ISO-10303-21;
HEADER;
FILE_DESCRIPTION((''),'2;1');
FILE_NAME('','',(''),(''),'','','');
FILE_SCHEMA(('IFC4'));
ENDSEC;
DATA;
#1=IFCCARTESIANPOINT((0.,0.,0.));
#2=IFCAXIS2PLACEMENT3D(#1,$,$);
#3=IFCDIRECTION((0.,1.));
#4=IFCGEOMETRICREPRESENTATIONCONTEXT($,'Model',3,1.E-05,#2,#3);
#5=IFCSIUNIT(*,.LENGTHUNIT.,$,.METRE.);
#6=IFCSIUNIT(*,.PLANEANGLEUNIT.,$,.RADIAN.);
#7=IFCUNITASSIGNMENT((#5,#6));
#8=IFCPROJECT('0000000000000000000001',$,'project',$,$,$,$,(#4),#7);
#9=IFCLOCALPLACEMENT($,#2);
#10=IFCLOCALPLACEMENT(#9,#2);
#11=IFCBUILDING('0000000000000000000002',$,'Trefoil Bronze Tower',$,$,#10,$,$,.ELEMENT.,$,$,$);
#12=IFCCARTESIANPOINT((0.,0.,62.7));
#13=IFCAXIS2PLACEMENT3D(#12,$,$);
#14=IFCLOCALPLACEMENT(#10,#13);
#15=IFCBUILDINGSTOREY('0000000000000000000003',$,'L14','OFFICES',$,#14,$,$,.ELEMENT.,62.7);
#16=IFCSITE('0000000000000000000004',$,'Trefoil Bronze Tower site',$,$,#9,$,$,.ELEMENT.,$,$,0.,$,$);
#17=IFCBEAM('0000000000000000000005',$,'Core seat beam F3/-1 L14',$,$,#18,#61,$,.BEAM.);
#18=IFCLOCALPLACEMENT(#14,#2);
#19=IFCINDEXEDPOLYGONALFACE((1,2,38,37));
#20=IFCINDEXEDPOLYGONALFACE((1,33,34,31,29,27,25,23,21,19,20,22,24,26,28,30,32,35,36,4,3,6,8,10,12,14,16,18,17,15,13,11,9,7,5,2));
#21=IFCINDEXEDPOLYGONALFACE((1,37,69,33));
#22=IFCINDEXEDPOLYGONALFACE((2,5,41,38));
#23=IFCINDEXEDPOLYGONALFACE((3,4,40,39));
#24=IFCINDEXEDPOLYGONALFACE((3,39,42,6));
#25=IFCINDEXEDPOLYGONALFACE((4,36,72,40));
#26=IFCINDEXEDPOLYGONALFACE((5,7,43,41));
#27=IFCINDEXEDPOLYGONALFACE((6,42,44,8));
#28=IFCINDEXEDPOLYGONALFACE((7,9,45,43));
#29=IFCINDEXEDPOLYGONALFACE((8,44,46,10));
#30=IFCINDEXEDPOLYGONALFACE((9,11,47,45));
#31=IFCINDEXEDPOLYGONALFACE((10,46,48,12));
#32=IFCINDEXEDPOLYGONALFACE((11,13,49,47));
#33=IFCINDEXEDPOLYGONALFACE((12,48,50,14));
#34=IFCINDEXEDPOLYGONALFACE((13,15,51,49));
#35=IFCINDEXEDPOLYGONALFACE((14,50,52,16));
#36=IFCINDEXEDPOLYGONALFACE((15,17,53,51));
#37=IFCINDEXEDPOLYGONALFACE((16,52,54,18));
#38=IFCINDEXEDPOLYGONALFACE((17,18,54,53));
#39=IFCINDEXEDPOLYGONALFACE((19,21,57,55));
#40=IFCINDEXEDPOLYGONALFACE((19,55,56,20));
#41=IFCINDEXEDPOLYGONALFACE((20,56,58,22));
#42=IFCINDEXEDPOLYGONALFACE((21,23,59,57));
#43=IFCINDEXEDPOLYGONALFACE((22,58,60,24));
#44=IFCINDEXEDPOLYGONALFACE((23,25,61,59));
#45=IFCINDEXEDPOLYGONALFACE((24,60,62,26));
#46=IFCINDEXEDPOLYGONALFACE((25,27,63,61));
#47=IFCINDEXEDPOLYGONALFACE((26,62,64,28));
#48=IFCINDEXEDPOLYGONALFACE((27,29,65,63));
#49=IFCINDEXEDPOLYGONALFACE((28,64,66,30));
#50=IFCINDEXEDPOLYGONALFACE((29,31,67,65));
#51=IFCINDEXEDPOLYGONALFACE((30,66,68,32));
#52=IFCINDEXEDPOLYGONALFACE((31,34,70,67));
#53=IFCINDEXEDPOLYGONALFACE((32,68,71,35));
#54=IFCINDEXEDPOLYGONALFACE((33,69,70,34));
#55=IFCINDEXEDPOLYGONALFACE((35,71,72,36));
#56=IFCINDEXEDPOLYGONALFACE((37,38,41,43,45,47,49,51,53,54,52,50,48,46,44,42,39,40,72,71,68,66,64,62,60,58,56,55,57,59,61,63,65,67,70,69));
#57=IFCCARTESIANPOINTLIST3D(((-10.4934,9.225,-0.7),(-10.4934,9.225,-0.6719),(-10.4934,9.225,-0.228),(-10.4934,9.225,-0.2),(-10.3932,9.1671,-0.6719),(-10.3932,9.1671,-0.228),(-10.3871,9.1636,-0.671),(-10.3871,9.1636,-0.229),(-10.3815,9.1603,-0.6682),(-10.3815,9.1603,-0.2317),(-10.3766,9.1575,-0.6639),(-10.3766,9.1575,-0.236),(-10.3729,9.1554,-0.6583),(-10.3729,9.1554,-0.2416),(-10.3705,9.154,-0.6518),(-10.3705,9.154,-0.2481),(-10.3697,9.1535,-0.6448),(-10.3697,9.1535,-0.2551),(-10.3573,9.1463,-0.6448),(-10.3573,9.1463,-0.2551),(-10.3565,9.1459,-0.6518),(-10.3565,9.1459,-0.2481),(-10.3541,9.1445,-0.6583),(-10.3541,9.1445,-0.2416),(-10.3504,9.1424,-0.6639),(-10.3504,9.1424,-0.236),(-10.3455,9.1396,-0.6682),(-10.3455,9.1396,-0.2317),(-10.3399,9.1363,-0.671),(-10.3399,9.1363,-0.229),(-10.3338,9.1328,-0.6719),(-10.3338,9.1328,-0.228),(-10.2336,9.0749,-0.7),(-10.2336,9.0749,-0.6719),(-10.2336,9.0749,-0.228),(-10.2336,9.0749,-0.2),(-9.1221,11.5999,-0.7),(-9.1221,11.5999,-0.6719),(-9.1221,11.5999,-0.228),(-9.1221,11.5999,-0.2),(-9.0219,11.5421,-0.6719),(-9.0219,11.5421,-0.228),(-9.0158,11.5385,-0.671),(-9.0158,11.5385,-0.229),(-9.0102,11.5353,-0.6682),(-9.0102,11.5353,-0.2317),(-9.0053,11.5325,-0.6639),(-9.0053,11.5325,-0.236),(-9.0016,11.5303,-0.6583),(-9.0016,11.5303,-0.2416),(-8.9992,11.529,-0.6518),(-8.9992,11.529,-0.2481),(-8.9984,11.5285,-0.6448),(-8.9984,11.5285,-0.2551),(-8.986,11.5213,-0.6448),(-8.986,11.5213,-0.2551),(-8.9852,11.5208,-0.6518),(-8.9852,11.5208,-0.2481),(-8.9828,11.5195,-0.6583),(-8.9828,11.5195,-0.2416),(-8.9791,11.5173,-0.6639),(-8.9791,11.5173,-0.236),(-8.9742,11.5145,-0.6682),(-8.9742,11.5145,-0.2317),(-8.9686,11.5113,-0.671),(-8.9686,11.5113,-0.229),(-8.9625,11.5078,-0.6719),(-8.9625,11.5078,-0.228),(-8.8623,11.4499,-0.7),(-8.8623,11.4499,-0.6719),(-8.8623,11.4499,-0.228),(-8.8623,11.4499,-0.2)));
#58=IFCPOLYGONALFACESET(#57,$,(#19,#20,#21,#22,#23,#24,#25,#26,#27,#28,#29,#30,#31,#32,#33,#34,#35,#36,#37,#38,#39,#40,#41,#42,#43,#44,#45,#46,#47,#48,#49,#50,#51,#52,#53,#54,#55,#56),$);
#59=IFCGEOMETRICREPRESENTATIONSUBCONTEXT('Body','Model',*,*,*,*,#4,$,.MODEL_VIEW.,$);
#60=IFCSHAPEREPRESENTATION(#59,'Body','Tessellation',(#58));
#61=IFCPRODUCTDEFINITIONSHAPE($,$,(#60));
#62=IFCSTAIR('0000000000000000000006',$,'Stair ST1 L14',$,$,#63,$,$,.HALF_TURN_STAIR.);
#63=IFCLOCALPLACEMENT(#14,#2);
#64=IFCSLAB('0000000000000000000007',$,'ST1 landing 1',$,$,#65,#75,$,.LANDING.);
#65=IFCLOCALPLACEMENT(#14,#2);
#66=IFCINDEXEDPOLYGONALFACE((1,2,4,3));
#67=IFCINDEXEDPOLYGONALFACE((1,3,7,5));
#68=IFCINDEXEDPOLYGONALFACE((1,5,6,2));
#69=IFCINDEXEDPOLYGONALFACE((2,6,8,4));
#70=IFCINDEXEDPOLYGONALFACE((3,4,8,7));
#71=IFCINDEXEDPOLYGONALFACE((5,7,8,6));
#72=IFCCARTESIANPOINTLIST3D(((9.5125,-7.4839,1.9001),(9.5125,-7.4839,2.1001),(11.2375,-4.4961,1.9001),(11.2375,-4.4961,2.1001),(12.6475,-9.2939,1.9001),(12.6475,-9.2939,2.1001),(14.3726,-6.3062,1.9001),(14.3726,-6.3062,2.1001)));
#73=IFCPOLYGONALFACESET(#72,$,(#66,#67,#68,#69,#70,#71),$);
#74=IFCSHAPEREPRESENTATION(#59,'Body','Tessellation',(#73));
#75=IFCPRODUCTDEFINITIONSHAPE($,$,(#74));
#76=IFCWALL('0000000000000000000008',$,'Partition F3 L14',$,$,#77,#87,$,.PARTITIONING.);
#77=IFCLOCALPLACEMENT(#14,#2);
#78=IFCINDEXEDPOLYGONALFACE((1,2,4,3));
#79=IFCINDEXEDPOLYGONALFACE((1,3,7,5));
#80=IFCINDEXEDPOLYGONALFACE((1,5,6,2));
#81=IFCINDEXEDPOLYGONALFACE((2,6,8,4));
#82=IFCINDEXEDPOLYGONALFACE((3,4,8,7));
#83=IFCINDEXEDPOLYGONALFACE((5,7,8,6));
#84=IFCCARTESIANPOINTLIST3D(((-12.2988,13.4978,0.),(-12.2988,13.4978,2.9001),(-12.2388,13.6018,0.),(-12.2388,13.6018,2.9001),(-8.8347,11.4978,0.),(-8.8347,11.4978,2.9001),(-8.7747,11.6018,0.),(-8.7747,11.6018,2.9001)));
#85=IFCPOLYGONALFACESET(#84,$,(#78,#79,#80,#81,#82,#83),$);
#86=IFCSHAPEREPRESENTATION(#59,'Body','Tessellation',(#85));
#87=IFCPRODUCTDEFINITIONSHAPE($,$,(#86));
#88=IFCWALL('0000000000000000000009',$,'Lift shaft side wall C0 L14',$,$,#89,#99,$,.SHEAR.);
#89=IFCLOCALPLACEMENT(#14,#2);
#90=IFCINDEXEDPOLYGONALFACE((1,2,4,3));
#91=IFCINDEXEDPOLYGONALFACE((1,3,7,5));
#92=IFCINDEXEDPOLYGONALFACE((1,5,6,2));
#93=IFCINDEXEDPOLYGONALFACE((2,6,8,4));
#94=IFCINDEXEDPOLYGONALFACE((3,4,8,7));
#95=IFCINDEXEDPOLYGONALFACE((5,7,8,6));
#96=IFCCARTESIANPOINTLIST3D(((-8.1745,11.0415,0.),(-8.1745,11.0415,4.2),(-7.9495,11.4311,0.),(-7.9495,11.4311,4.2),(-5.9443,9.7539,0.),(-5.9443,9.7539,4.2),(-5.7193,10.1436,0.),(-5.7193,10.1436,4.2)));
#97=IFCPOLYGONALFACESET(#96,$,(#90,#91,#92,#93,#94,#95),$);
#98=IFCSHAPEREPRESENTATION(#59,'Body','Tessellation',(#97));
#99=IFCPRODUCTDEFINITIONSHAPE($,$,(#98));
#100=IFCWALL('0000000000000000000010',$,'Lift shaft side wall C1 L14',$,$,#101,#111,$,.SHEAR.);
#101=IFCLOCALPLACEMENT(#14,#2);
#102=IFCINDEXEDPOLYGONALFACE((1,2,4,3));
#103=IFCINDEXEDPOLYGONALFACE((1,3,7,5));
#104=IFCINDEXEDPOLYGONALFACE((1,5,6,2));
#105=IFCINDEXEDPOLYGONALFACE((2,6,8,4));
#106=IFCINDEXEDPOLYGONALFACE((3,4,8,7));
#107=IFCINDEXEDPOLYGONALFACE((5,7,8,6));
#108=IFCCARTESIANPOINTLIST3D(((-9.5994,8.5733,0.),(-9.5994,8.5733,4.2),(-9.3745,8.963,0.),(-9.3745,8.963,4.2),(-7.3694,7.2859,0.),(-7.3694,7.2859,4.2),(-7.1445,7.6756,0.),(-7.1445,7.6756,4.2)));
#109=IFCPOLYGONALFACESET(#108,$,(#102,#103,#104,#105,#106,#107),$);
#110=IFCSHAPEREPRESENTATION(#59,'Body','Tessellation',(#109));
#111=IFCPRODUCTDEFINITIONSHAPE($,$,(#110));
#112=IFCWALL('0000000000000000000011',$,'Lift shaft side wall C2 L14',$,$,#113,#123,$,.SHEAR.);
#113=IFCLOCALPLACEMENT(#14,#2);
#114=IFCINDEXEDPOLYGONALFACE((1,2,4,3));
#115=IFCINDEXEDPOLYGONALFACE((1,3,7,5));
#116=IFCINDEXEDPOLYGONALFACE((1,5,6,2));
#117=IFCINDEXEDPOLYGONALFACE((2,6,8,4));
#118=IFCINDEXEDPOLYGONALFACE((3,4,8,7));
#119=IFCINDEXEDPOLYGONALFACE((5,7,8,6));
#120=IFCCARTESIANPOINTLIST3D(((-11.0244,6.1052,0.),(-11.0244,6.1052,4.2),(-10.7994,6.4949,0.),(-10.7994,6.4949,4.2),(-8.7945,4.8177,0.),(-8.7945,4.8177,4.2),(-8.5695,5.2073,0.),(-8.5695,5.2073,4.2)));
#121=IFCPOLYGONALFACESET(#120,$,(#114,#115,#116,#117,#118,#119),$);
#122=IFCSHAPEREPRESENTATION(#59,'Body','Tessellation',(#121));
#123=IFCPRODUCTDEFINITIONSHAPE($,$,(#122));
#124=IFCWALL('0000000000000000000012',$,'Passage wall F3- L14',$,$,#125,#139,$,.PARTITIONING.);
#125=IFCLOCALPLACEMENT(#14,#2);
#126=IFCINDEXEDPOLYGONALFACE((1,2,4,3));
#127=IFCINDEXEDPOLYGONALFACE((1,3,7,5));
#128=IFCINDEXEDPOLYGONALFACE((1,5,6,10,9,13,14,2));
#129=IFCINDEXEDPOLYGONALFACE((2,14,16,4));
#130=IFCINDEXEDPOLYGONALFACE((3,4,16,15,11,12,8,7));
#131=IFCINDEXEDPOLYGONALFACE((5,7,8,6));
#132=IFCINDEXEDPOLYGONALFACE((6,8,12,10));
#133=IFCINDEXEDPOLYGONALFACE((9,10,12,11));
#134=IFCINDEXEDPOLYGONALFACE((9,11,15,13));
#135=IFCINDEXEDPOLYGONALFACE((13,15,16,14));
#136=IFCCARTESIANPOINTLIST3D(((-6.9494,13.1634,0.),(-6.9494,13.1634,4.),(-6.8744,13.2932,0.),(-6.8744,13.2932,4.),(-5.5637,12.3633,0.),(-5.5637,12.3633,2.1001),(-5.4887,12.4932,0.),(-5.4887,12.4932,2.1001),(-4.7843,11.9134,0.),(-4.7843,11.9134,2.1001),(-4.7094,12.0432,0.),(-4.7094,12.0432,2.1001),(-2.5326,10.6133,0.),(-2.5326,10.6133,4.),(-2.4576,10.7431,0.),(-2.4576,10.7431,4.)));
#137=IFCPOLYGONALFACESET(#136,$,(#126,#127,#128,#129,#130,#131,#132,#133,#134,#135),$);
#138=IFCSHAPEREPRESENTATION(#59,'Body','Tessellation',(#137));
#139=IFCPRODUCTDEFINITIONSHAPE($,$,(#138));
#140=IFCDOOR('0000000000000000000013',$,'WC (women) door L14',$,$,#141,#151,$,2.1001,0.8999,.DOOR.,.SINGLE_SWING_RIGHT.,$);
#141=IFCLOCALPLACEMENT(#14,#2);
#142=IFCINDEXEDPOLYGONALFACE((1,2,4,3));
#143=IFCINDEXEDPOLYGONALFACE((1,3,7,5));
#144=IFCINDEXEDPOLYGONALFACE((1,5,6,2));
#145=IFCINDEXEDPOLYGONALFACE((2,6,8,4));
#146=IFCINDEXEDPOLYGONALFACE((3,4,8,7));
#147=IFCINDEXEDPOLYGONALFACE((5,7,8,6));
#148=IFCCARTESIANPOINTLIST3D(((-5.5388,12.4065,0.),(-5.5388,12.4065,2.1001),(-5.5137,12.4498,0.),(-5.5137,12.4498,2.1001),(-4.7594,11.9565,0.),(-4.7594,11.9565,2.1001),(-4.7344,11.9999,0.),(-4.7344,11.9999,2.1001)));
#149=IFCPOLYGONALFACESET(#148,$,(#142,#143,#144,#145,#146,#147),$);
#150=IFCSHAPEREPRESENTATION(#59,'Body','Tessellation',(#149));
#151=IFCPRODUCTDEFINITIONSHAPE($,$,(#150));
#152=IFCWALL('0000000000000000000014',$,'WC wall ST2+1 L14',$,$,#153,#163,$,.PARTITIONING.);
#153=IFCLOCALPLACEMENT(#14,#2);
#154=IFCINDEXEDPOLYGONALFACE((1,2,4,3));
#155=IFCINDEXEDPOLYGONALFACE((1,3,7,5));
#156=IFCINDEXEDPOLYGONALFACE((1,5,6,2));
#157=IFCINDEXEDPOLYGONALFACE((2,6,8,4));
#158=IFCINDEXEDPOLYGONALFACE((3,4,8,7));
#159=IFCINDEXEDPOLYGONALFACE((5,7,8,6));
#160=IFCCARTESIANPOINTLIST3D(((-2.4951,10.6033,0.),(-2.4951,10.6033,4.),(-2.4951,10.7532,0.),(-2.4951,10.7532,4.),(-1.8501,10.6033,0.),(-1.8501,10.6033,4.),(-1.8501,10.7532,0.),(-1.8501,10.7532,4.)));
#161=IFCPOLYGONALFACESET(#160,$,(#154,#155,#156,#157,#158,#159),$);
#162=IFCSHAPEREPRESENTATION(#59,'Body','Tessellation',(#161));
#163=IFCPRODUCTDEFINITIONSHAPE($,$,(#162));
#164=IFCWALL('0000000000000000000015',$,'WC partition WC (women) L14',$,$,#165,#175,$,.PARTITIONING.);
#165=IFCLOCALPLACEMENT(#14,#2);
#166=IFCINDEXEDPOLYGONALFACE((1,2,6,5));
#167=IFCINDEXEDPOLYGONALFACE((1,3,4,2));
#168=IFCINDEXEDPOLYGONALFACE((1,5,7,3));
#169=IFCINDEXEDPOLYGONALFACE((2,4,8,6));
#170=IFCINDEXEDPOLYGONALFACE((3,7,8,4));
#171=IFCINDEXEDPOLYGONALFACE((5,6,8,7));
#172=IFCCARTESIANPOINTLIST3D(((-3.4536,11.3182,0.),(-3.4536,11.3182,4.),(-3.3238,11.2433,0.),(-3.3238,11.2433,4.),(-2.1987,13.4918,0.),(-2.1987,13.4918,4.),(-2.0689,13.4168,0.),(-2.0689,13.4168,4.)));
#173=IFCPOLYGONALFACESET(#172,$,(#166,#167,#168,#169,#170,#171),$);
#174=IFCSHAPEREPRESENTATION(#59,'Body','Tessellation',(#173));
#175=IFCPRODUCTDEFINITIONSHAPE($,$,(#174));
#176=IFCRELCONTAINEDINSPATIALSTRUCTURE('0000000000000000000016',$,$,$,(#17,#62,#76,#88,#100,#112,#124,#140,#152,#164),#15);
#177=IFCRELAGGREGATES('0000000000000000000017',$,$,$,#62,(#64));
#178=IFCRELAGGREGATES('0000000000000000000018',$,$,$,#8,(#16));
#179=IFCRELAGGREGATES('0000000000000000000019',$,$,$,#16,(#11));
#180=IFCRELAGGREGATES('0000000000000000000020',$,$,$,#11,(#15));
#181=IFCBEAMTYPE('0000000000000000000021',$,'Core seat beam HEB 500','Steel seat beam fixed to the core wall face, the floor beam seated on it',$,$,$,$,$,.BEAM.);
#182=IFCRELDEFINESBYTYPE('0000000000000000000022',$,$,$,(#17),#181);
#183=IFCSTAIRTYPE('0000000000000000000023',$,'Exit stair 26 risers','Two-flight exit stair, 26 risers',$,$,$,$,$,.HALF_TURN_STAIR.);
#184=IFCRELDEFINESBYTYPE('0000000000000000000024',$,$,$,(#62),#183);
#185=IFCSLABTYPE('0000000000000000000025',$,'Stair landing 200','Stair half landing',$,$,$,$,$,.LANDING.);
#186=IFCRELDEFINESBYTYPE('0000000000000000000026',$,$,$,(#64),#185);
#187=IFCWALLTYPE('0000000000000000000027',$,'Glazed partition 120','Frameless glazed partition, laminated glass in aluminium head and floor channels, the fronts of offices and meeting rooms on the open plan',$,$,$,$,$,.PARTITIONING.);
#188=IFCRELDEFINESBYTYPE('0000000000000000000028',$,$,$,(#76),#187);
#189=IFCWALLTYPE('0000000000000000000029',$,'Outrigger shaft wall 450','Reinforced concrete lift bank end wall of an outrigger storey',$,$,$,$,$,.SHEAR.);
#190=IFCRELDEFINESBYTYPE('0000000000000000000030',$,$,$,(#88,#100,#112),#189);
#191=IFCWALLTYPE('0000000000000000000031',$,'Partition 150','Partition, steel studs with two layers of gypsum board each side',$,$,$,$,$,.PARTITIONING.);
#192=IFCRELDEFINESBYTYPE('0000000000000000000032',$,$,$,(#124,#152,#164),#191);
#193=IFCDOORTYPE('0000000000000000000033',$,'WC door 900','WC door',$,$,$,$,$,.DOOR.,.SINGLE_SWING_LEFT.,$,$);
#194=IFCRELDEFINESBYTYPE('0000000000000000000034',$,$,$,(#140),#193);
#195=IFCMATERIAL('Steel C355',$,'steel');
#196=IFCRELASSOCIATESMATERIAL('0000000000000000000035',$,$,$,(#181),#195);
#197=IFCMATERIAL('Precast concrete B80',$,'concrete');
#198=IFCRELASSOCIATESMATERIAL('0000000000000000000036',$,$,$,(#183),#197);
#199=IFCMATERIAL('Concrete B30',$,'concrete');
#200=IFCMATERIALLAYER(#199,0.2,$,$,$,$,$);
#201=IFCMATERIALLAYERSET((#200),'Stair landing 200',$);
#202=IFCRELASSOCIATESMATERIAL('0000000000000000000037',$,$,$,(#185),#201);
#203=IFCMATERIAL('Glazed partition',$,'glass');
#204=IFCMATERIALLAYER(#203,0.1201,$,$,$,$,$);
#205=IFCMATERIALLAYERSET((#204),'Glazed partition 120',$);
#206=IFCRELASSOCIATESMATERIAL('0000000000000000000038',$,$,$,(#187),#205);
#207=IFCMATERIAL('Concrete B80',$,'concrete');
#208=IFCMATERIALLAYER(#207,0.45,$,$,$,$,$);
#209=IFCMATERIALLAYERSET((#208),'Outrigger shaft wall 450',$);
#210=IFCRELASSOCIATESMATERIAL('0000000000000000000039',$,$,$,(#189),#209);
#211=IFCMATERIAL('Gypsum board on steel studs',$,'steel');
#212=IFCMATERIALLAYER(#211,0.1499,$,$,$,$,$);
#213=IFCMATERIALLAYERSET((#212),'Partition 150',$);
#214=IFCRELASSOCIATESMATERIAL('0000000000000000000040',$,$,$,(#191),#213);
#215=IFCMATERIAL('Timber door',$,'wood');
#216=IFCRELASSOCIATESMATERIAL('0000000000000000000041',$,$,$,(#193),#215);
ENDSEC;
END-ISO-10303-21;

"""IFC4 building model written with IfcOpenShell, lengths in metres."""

from ifc_helpers import new_model, si_unit, direction, frame, frame_2d, origin, origin_2d, place, context, subcontext, project, spatial, polyline, rectangle, i_section, outline, extrude, material, layer, layer_set, material_profile, profile_set, type_object, element, fill, aggregate, save


model = new_model("IFC4")

# Units and contexts
model_context = context("Model", 3, precision=1e-05, world=origin(), true_north=direction((0.0, 1.0)))
body_context = subcontext(model_context, "Body", "Model", "MODEL_VIEW")
ifc_project = project(units=[si_unit("LENGTHUNIT", "METRE"), si_unit("PLANEANGLEUNIT", "RADIAN")], contexts=[model_context])

# Site, building, storey
site_placement = place(None, origin())
site = spatial("IfcSite", under=ifc_project, at=site_placement, Name="Trefoil Bronze Tower site", CompositionType="ELEMENT", RefElevation=0.0)
building_placement = place(site_placement, origin())
building = spatial("IfcBuilding", under=site, at=building_placement, Name="Trefoil Bronze Tower", CompositionType="ELEMENT")
storey_placement = place(building_placement, frame((0.0, 0.0, 62.7)))
storey = spatial("IfcBuildingStorey", under=building, at=storey_placement, Name="L14", Description="OFFICES", CompositionType="ELEMENT", Elevation=62.7)

# Beam
ifc_material_1 = material(Name="Steel C355", Category="steel")
ifc_material_profile = material_profile(ifc_material_1, i_section(OverallWidth=0.3, OverallDepth=0.5, WebThickness=0.0144, FlangeThickness=0.0281, FilletRadius=0.0271, at=origin_2d()), Name="HEB 500")
ifc_profile_set = profile_set([ifc_material_profile], Name="Steel C355")
beam_type = type_object("IfcBeamType", Name="Core seat beam HEB 500", Description="Steel seat beam fixed to the core wall face, the floor beam seated on it", PredefinedType="BEAM", material=ifc_profile_set)
beam_placement = place(storey_placement, frame((-8.9922, 11.5249, -0.45), z_axis=(-0.500036, -0.866005, 0.0), x_axis=(0.866005, -0.500036, 0.0)))
element("IfcBeam", 1, at=beam_placement, inside=storey, type_object=beam_type, Name="Core seat beam F3/-1 L14", PredefinedType="BEAM", context=body_context, shape_type="SweptSolid", body=[
    extrude(i_section(OverallWidth=0.3, OverallDepth=0.5, WebThickness=0.0144, FlangeThickness=0.0281, FilletRadius=0.0271, at=origin_2d()), origin(), (0.0, 0.0, 1.0), 2.7424),
])

# Stair, slab
ifc_material_2 = material(Name="Precast concrete B80", Category="concrete")
stair_type = type_object("IfcStairType", Name="Exit stair 26 risers", Description="Two-flight exit stair, 26 risers", PredefinedType="HALF_TURN_STAIR", material=ifc_material_2)
stair_1_placement = place(storey_placement, origin())
stair_1 = element("IfcStair", 2, at=stair_1_placement, inside=storey, type_object=stair_type, Name="Stair ST1 L14", PredefinedType="HALF_TURN_STAIR")
ifc_material_3 = material(Name="Concrete B30", Category="concrete")
ifc_layer_1 = layer(ifc_material_3, 0.2)
ifc_layer_set_1 = layer_set([ifc_layer_1], Name="Stair landing 200")
slab_type = type_object("IfcSlabType", Name="Stair landing 200", Description="Stair half landing", PredefinedType="LANDING", material=ifc_layer_set_1)
slab_placement = place(storey_placement, frame((0.0, 0.0, 1.9001)))
slab = element("IfcSlab", 3, at=slab_placement, type_object=slab_type, Name="ST1 landing 1", PredefinedType="LANDING", context=body_context, shape_type="SweptSolid", body=[
    extrude(outline(polyline([(9.5125, -7.4839), (12.6475, -9.2939), (14.3726, -6.3062), (11.2375, -4.4961), (9.5125, -7.4839)])), origin(), (0.0, 0.0, 1.0), 0.2),
])
aggregate(stair_1, [slab])

# Walls
ifc_material_4 = material(Name="Glazed partition", Category="glass")
ifc_layer_2 = layer(ifc_material_4, 0.1201)
ifc_layer_set_2 = layer_set([ifc_layer_2], Name="Glazed partition 120")
wall_type_1 = type_object("IfcWallType", Name="Glazed partition 120", Description="Frameless glazed partition, laminated glass in aluminium head and floor channels, the fronts of offices and meeting rooms on the open plan", PredefinedType="PARTITIONING", material=ifc_layer_set_2)
wall_1_placement = place(storey_placement, frame((-8.8047, 11.5498, 0.0), z_axis=(0.0, 0.0, 1.0), x_axis=(-0.866026, 0.499999, 0.0)))
element("IfcWall", 4, at=wall_1_placement, inside=storey, type_object=wall_type_1, Name="Partition F3 L14", PredefinedType="PARTITIONING", context=body_context, shape_type="SweptSolid", body=[
    extrude(rectangle(XDim=4.0, YDim=0.1201, at=frame_2d((2.0, 0.0))), origin(), (0.0, 0.0, 1.0), 2.9001),
])
ifc_material_5 = material(Name="Concrete B80", Category="concrete")
ifc_layer_3 = layer(ifc_material_5, 0.45)
ifc_layer_set_3 = layer_set([ifc_layer_3], Name="Outrigger shaft wall 450")
wall_type_2 = type_object("IfcWallType", Name="Outrigger shaft wall 450", Description="Reinforced concrete lift bank end wall of an outrigger storey", PredefinedType="SHEAR", material=ifc_layer_set_3)
wall_2_placement = place(storey_placement, frame((-5.8318, 9.9487, 0.0), z_axis=(0.0, 0.0, 1.0), x_axis=(-0.866029, 0.499993, 0.0)))
element("IfcWall", 5, at=wall_2_placement, inside=storey, type_object=wall_type_2, Name="Lift shaft side wall C0 L14", PredefinedType="SHEAR", context=body_context, shape_type="SweptSolid", body=[
    extrude(rectangle(XDim=2.5752, YDim=0.45, at=frame_2d((1.2876, 0.0))), origin(), (0.0, 0.0, 1.0), 4.2),
])
for number, where, z_axis, x_axis, name in (
    (6, (-7.2568, 7.4807, 0.0), (0.0, 0.0, 1.0), (-0.866047, 0.499963, 0.0), "Lift shaft side wall C1 L14"),
    (7, (-8.6819, 5.0125, 0.0), (0.0, 0.0, 1.0), (-0.866006, 0.500034, 0.0), "Lift shaft side wall C2 L14"),
):
    element("IfcWall", number, at=place(storey_placement, frame(where, z_axis=z_axis, x_axis=x_axis)), inside=storey, type_object=wall_type_2, Name=name, PredefinedType="SHEAR", context=body_context, shape_type="SweptSolid", body=[
        extrude(rectangle(XDim=2.575, YDim=0.45, at=frame_2d((1.2876, 0.0))), origin(), (0.0, 0.0, 1.0), 4.2),
    ])

# Wall, opening, door
ifc_material_6 = material(Name="Gypsum board on steel studs", Category="steel")
ifc_layer_4 = layer(ifc_material_6, 0.1499)
ifc_layer_set_4 = layer_set([ifc_layer_4], Name="Partition 150")
wall_type_3 = type_object("IfcWallType", Name="Partition 150", Description="Partition, steel studs with two layers of gypsum board each side", PredefinedType="PARTITIONING", material=ifc_layer_set_4)
wall_3_placement = place(storey_placement, frame((-2.4951, 10.6782, 0.0), z_axis=(0.0, 0.0, 1.0), x_axis=(-0.866022, 0.500006, 0.0)))
wall_3 = element("IfcWall", 8, at=wall_3_placement, inside=storey, type_object=wall_type_3, Name="Passage wall F3- L14", PredefinedType="PARTITIONING", context=body_context, shape_type="SweptSolid", body=[
    extrude(rectangle(XDim=5.1001, YDim=0.1499, at=frame_2d((2.55, 0.0))), origin(), (0.0, 0.0, 1.0), 4.0),
])
opening_1_placement = place(wall_3_placement, frame((2.6001, 0.0, 0.0)))
opening_1 = element("IfcOpeningElement", 9, at=opening_1_placement, cuts=wall_3, PredefinedType="OPENING", context=body_context, shape_type="SweptSolid", body=[
    extrude(rectangle(XDim=0.8999, YDim=2.1001, at=frame_2d((0.45, 1.05))), frame((0.0, 0.085, 0.0), z_axis=(0.0, -1.0, 0.0), x_axis=(1.0, 0.0, 0.0)), (0.0, 0.0, 1.0), 0.1699),
])
ifc_material_7 = material(Name="Timber door", Category="wood")
door_type_1 = type_object("IfcDoorType", Name="WC door 900", Description="WC door", OperationType="SINGLE_SWING_LEFT", PredefinedType="DOOR", material=ifc_material_7)
door_1_placement = place(opening_1_placement, frame((0.8999, 0.0, 0.0), z_axis=(0.0, 0.0, 1.0), x_axis=(-1.0, 0.0, 0.0)))
door_1 = element("IfcDoor", 10, at=door_1_placement, inside=storey, type_object=door_type_1, Name="WC (women) door L14", OperationType="SINGLE_SWING_RIGHT", OverallHeight=2.1001, OverallWidth=0.8999, PredefinedType="DOOR", context=body_context, shape_type="SweptSolid", body=[
    extrude(rectangle(XDim=0.8999, YDim=2.1001, at=frame_2d((0.45, 1.05))), frame((0.0, 0.0249, 0.0), z_axis=(0.0, -1.0, 0.0), x_axis=(1.0, 0.0, 0.0)), (0.0, 0.0, 1.0), 0.05),
])
fill(opening_1, door_1)

# Walls
wall_4_placement = place(storey_placement, frame((-2.4951, 10.6782, 0.0), z_axis=(0.0, 0.0, 1.0), x_axis=(1.0, 0.0, 0.0)))
element("IfcWall", 11, at=wall_4_placement, inside=storey, type_object=wall_type_3, Name="WC wall ST2+1 L14", PredefinedType="PARTITIONING", context=body_context, shape_type="SweptSolid", body=[
    extrude(rectangle(XDim=0.645, YDim=0.1499, at=frame_2d((0.3225, 0.0))), origin(), (0.0, 0.0, 1.0), 4.0),
])
wall_5_placement = place(storey_placement, frame((-3.3887, 11.2808, 0.0), z_axis=(0.0, 0.0, 1.0), x_axis=(0.499989, 0.866032, 0.0)))
element("IfcWall", 12, at=wall_5_placement, inside=storey, type_object=wall_type_3, Name="WC partition WC (women) L14", PredefinedType="PARTITIONING", context=body_context, shape_type="SweptSolid", body=[
    extrude(rectangle(XDim=2.5098, YDim=0.1499, at=frame_2d((1.2549, 0.0))), origin(), (0.0, 0.0, 1.0), 4.0),
])

save(model, "model.ifc")
